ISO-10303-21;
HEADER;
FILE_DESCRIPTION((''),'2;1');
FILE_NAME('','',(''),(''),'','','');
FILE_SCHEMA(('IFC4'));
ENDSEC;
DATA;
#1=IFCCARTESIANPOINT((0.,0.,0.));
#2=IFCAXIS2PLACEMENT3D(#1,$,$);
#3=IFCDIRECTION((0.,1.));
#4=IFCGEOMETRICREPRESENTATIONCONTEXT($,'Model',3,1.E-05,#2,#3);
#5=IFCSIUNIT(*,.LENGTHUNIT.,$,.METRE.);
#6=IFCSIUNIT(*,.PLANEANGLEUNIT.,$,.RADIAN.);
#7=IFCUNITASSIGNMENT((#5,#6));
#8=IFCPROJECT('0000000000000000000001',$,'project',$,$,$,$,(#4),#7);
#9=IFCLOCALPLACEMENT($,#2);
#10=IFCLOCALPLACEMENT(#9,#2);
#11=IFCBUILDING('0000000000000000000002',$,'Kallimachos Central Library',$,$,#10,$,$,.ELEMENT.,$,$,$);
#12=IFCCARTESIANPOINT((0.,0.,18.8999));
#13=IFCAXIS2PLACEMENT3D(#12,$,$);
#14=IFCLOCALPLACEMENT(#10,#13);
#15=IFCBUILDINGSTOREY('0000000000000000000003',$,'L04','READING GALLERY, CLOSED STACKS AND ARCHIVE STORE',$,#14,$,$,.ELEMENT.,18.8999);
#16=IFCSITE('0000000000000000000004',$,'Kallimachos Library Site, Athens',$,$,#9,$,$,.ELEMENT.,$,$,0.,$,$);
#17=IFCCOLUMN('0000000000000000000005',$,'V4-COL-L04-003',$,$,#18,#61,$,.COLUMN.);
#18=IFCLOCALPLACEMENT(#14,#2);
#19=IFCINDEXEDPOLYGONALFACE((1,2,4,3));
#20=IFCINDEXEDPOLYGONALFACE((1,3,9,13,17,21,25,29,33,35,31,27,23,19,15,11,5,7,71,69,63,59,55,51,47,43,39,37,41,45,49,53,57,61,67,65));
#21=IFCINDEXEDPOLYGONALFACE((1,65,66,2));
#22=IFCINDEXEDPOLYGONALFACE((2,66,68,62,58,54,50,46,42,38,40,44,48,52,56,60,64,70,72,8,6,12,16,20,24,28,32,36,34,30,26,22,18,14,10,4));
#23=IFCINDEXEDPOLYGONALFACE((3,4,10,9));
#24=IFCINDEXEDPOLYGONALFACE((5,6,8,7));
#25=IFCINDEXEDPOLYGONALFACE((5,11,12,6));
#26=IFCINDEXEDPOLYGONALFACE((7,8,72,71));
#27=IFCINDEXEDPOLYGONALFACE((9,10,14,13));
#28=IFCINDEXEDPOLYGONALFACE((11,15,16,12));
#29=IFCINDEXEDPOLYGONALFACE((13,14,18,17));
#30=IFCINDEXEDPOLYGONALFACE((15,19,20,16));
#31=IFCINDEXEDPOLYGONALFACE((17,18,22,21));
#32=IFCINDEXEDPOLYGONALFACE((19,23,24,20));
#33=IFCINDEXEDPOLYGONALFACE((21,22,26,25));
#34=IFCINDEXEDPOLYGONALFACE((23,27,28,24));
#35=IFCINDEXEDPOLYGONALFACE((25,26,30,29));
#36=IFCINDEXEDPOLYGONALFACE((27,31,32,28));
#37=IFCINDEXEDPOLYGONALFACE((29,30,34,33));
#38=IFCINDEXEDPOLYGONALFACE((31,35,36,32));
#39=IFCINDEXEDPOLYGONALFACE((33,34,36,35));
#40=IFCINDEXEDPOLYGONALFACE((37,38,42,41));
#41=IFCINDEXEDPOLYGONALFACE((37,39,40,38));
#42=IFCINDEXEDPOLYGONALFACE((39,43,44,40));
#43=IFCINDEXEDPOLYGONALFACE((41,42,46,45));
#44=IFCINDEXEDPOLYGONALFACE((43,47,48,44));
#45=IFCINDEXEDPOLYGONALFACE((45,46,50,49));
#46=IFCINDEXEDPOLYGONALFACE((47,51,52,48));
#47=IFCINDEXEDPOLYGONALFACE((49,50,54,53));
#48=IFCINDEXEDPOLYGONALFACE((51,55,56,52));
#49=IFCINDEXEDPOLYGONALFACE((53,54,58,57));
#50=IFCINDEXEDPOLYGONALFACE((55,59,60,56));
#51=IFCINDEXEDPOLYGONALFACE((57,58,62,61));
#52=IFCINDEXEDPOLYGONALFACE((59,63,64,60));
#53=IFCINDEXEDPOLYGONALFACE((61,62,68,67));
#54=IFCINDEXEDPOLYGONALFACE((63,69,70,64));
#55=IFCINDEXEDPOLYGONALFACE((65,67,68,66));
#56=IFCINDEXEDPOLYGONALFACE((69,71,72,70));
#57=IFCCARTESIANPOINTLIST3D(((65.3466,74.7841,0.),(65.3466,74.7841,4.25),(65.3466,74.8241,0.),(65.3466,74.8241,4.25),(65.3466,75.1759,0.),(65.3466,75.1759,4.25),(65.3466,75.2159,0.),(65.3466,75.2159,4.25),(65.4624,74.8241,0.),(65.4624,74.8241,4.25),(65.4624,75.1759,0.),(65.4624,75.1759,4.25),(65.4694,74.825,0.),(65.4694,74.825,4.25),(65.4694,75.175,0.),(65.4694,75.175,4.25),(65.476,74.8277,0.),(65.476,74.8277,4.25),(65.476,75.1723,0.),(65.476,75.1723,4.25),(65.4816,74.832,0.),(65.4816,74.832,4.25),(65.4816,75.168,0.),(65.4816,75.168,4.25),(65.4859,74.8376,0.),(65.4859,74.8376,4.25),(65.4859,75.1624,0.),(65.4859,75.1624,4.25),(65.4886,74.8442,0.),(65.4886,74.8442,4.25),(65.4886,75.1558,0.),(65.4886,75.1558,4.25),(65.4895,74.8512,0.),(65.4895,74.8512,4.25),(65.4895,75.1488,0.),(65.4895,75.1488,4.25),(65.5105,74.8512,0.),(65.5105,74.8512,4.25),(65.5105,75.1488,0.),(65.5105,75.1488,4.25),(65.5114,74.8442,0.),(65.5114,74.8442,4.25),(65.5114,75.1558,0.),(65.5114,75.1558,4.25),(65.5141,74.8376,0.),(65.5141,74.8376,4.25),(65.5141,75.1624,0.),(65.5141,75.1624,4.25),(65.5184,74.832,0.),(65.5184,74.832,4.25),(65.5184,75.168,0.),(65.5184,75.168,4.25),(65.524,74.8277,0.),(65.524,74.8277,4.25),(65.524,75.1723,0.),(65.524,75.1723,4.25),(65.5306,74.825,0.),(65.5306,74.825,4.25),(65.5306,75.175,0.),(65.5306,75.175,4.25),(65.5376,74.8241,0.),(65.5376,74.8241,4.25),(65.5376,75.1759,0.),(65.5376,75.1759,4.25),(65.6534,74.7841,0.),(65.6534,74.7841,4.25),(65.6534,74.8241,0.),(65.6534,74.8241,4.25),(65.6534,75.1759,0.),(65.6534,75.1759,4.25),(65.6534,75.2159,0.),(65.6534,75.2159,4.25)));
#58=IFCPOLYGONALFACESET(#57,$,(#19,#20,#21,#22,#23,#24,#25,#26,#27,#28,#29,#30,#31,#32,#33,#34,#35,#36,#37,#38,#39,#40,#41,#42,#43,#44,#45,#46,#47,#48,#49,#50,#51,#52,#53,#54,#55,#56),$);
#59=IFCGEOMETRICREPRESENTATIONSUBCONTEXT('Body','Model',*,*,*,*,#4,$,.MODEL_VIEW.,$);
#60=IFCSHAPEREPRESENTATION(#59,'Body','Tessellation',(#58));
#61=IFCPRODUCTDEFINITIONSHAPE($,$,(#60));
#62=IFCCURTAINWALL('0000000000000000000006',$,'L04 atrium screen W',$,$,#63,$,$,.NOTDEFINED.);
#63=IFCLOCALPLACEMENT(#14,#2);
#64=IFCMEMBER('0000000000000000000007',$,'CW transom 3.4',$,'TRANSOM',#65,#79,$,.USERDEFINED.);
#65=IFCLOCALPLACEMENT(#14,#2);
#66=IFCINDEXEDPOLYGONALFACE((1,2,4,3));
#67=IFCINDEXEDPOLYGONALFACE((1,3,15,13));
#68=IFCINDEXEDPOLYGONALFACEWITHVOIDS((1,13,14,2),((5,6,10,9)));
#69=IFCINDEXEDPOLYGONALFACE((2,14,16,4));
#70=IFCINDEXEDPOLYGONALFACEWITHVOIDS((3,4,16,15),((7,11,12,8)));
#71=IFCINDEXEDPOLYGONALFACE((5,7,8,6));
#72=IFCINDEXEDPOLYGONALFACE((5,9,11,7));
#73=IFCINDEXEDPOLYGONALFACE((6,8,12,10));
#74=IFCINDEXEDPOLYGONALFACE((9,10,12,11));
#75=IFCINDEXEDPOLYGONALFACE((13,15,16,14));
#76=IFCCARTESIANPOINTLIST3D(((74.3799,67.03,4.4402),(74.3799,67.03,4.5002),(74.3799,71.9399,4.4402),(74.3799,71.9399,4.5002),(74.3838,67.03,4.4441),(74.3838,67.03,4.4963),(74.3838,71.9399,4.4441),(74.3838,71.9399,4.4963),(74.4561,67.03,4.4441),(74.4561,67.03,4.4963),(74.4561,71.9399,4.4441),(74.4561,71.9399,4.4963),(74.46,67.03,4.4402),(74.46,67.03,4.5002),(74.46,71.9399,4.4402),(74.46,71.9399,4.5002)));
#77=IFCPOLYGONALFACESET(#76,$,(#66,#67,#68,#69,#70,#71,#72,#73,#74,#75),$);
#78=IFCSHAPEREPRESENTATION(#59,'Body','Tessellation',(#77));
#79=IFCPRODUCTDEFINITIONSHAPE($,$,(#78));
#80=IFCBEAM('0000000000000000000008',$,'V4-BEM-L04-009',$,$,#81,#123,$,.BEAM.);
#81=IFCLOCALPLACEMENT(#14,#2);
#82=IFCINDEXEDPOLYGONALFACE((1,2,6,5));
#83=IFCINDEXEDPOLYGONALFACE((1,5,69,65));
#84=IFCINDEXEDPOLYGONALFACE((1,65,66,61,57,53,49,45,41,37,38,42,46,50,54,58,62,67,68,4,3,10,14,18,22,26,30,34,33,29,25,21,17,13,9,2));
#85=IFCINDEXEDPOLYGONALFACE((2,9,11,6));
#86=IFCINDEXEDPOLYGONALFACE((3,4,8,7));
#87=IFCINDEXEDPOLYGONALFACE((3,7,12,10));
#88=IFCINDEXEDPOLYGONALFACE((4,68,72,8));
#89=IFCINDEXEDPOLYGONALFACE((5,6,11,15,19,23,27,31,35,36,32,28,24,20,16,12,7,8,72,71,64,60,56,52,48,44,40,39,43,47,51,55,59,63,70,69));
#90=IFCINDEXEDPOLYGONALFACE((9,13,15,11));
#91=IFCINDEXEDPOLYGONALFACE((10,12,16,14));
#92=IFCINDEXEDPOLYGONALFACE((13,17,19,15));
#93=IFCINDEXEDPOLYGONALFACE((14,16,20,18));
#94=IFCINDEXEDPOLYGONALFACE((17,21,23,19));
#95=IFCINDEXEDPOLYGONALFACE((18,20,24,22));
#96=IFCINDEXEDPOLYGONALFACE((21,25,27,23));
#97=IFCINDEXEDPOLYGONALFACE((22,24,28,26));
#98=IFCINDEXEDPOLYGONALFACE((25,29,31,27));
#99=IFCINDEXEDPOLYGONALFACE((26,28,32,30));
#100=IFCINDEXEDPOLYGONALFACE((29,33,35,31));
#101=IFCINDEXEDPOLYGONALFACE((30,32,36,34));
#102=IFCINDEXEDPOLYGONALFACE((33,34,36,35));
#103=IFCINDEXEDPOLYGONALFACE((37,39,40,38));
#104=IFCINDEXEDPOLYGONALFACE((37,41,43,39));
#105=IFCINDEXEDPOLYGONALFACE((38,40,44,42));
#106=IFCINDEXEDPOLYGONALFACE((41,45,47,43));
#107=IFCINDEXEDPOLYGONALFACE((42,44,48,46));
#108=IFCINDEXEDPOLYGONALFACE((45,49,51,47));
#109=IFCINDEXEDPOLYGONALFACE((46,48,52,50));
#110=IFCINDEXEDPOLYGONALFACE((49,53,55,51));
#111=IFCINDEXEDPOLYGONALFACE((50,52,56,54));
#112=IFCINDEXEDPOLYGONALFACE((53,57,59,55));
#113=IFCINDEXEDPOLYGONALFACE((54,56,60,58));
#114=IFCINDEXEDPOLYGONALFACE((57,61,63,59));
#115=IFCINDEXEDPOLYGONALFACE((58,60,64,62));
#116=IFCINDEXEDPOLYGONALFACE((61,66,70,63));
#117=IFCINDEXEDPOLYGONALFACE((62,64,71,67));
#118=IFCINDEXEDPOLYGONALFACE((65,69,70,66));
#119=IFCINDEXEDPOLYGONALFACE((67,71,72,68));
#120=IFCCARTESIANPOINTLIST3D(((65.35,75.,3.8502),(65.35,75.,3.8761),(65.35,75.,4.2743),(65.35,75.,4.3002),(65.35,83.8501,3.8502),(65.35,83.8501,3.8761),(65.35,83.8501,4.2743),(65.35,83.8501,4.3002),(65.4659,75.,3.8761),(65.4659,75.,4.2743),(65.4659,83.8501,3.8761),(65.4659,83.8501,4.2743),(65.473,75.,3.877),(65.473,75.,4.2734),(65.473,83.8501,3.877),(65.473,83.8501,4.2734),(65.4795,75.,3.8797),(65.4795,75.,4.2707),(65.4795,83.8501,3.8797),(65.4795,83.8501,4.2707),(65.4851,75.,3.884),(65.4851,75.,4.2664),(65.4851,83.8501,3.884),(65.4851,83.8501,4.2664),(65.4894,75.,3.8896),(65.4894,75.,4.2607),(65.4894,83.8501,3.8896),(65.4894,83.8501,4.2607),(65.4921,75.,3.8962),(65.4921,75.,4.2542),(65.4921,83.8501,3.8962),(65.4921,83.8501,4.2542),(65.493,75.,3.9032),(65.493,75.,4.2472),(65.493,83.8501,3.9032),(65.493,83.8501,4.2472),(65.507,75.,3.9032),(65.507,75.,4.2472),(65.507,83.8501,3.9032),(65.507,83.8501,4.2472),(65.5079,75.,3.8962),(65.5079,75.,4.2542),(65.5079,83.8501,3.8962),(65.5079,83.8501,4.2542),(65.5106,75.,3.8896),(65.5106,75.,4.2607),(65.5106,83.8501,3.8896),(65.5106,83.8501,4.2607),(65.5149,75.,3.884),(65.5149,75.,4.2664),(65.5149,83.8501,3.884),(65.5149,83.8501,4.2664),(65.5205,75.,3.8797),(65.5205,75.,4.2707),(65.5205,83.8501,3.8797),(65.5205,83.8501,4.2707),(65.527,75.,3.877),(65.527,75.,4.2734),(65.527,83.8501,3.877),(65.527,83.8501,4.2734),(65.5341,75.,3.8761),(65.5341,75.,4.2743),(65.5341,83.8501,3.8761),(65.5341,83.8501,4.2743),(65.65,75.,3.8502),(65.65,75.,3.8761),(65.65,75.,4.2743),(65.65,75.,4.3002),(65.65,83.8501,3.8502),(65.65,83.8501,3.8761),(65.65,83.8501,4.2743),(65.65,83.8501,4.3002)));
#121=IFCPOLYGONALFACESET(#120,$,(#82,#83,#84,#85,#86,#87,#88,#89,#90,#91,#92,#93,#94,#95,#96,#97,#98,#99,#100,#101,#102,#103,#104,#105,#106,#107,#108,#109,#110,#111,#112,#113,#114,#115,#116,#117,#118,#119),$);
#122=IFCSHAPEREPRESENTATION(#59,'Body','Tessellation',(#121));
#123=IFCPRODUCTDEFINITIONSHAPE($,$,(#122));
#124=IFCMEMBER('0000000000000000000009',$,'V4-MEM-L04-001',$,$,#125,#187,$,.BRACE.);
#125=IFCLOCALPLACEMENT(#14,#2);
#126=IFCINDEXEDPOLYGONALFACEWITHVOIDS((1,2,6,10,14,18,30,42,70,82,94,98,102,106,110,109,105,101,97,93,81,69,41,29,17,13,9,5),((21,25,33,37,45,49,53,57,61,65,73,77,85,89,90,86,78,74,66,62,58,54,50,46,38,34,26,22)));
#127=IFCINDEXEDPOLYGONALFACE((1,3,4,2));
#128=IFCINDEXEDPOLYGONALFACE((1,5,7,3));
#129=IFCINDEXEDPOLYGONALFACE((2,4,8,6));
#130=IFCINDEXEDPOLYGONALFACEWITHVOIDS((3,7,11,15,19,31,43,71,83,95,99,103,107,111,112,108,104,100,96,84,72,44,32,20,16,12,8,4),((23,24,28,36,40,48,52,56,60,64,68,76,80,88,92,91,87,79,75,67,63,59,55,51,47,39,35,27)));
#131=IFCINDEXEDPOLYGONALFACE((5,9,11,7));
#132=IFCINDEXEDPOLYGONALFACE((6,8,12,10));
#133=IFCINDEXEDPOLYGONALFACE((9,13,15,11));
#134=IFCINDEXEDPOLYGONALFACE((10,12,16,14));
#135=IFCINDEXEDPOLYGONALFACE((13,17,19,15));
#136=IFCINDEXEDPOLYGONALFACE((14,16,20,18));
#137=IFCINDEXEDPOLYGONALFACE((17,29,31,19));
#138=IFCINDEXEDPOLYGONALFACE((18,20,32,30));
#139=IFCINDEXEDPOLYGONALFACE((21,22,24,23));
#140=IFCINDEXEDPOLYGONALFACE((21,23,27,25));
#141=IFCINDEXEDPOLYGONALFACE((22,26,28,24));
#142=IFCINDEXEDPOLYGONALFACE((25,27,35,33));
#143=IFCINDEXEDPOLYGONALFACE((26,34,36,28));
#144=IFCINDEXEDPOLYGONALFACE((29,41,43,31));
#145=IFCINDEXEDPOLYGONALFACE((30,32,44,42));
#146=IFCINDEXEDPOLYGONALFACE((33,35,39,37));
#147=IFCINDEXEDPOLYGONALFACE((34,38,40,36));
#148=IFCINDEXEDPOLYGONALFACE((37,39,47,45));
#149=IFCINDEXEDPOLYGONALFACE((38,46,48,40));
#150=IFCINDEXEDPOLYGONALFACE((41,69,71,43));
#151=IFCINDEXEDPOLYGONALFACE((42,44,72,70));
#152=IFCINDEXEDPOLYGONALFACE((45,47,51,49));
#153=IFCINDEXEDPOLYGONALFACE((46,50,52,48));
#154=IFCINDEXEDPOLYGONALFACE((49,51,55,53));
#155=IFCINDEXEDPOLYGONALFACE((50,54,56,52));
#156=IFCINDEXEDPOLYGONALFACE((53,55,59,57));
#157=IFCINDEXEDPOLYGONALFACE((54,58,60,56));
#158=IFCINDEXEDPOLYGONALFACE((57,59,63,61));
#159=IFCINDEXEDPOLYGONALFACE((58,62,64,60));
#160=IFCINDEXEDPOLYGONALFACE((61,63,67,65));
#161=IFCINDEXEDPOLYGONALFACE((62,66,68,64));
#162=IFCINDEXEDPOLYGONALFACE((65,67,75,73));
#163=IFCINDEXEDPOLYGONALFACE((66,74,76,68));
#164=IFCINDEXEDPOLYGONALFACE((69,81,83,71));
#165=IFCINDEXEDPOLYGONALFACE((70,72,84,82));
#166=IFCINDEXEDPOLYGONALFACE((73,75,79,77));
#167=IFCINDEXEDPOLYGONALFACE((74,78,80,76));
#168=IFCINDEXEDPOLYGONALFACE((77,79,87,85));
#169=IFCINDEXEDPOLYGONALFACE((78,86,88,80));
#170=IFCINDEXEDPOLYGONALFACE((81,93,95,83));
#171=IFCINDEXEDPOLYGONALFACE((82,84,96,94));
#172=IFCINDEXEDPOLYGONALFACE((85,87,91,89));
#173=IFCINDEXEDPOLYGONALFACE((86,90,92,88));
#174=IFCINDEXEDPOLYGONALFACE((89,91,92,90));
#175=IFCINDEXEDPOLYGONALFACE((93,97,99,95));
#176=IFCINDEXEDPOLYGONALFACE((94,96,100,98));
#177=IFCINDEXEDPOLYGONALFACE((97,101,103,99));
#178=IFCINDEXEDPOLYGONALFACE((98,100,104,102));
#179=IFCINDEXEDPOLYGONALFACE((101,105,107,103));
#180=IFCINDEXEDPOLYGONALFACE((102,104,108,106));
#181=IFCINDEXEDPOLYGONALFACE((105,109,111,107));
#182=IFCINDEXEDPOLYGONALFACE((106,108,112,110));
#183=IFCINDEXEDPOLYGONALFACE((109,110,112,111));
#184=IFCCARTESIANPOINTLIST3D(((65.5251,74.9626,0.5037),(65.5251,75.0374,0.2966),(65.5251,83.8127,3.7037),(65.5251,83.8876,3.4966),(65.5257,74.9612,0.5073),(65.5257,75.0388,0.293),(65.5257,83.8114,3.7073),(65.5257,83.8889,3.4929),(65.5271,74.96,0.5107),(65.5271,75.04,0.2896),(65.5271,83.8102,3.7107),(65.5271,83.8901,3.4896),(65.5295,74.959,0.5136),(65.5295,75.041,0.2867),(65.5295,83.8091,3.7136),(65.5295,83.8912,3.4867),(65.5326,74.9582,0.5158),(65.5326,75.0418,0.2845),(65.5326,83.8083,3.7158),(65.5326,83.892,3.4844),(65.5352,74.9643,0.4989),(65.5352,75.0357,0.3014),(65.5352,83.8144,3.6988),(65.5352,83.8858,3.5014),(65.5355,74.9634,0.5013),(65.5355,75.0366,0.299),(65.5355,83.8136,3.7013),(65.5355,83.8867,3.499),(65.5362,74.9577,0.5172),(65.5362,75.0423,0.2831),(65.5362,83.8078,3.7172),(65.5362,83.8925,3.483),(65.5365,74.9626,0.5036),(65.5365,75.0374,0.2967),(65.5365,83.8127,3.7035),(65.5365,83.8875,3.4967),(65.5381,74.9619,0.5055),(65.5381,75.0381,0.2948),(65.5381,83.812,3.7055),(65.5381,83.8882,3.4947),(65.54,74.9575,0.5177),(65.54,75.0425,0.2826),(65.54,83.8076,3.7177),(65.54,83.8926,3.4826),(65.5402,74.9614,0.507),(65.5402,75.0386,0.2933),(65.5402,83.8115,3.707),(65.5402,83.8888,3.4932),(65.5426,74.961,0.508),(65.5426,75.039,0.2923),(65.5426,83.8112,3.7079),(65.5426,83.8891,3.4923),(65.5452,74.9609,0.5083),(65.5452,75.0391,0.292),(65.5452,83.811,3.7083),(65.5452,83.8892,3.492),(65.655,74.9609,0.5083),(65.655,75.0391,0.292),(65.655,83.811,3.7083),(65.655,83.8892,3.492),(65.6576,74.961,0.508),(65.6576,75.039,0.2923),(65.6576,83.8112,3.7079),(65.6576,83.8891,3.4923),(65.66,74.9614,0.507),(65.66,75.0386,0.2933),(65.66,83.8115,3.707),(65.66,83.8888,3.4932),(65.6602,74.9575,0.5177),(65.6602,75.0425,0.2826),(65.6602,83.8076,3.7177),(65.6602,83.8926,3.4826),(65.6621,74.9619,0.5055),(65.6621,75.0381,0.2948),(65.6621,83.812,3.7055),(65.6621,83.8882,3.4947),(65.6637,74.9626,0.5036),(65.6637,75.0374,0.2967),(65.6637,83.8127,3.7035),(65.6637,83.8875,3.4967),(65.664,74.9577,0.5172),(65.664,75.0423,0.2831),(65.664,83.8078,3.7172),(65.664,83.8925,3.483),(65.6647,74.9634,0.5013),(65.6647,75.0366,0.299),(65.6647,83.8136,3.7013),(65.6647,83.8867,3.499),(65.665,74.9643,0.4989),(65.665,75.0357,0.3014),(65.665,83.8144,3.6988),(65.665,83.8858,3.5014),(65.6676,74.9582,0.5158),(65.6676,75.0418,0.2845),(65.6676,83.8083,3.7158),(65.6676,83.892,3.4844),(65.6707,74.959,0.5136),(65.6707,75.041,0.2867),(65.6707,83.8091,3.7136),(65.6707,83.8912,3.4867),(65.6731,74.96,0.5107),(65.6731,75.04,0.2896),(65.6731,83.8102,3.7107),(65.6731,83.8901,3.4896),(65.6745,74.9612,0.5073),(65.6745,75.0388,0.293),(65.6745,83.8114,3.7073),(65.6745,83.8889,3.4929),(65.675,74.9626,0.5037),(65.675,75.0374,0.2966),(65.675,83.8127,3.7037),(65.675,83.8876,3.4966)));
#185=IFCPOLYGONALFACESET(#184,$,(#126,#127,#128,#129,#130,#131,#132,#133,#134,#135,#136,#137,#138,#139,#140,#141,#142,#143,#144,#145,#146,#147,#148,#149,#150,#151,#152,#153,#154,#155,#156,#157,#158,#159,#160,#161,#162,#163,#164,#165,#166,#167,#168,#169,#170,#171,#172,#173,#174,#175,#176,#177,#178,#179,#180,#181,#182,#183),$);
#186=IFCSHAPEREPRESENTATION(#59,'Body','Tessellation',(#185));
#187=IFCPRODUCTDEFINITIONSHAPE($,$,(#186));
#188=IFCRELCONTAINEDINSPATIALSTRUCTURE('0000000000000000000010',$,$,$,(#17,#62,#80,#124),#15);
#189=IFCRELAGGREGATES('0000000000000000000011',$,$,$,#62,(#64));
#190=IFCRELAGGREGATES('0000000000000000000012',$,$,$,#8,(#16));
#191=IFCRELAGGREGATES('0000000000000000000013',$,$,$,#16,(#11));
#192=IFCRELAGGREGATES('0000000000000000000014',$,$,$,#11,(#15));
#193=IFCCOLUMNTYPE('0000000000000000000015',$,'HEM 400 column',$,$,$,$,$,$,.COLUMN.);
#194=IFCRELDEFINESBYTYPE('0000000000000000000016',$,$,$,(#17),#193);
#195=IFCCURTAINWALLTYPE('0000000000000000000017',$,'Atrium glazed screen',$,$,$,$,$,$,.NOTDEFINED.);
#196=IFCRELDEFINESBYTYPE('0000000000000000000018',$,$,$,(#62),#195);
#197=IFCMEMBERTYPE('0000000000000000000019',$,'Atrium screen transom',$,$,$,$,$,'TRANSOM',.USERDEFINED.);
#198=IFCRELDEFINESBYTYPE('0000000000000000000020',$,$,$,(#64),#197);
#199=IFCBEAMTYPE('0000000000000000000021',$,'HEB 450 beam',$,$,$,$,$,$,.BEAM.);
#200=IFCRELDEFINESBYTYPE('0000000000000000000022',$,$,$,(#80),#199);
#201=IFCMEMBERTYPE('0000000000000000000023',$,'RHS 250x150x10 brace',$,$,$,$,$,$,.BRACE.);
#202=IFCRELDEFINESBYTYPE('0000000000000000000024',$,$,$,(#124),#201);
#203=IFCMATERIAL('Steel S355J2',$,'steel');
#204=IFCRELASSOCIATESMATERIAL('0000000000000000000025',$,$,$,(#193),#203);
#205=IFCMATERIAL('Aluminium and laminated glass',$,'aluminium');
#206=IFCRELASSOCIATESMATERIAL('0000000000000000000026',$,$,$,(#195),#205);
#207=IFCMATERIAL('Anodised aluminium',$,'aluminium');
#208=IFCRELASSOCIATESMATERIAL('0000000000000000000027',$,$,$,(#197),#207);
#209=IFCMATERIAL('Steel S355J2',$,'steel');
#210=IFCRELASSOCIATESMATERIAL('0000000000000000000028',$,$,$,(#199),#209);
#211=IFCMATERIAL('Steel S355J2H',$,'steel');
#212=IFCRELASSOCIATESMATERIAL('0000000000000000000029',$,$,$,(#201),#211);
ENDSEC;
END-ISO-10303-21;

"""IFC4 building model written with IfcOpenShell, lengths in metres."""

from ifc_helpers import new_model, si_unit, direction, frame, origin, origin_2d, place, context, subcontext, project, spatial, hollow_rectangle, i_section, extrude, material, material_profile, profile_set, type_object, element, aggregate, save


model = new_model("IFC4")

# Units and contexts
model_context = context("Model", 3, precision=1e-05, world=origin(), true_north=direction((0.0, 1.0)))
body_context = subcontext(model_context, "Body", "Model", "MODEL_VIEW")
ifc_project = project(units=[si_unit("LENGTHUNIT", "METRE"), si_unit("PLANEANGLEUNIT", "RADIAN")], contexts=[model_context])

# Site, building, storey
site_placement = place(None, origin())
site = spatial("IfcSite", under=ifc_project, at=site_placement, Name="Kallimachos Library Site, Athens", CompositionType="ELEMENT", RefElevation=0.0)
building_placement = place(site_placement, origin())
building = spatial("IfcBuilding", under=site, at=building_placement, Name="Kallimachos Central Library", CompositionType="ELEMENT")
storey_placement = place(building_placement, frame((0.0, 0.0, 18.8999)))
storey = spatial("IfcBuildingStorey", under=building, at=storey_placement, Name="L04", Description="READING GALLERY, CLOSED STACKS AND ARCHIVE STORE", CompositionType="ELEMENT", Elevation=18.8999)

# Column
ifc_material_1 = material(Name="Steel S355J2", Category="steel")
ifc_material_profile_1 = material_profile(ifc_material_1, i_section(OverallWidth=0.3069, OverallDepth=0.4319, WebThickness=0.021, FlangeThickness=0.04, FilletRadius=0.0271, at=origin_2d()), Name="HEM 400")
ifc_profile_set_1 = profile_set([ifc_material_profile_1], Name="Steel S355J2")
column_type = type_object("IfcColumnType", Name="HEM 400 column", PredefinedType="COLUMN", material=ifc_profile_set_1)
column_placement = place(storey_placement, frame((65.5, 75.0, 0.0), z_axis=(0.0, 0.0, 1.0), x_axis=(1.0, 0.0, 0.0)))
element("IfcColumn", 1, at=column_placement, inside=storey, type_object=column_type, Name="V4-COL-L04-003", PredefinedType="COLUMN", context=body_context, shape_type="SweptSolid", body=[
    extrude(i_section(OverallWidth=0.3069, OverallDepth=0.4319, WebThickness=0.021, FlangeThickness=0.04, FilletRadius=0.0271, at=origin_2d()), origin(), (0.0, 0.0, 1.0), 4.25),
])

# Curtain wall, member
ifc_material_2 = material(Name="Aluminium and laminated glass", Category="aluminium")
curtain_wall_type = type_object("IfcCurtainWallType", Name="Atrium glazed screen", PredefinedType="NOTDEFINED", material=ifc_material_2)
curtain_wall_placement = place(storey_placement, origin())
curtain_wall = element("IfcCurtainWall", 2, at=curtain_wall_placement, inside=storey, type_object=curtain_wall_type, Name="L04 atrium screen W", PredefinedType="NOTDEFINED")
ifc_material_3 = material(Name="Anodised aluminium", Category="aluminium")
ifc_material_profile_2 = material_profile(ifc_material_3, hollow_rectangle(XDim=0.0601, YDim=0.0801, WallThickness=0.0039, at=origin_2d()), Name="ALU TRANSOM 60x80")
ifc_profile_set_2 = profile_set([ifc_material_profile_2], Name="Anodised aluminium")
member_type_1 = type_object("IfcMemberType", Name="Atrium screen transom", ElementType="TRANSOM", PredefinedType="USERDEFINED", material=ifc_profile_set_2)
member_1_placement = place(storey_placement, frame((74.4199, 67.03, 4.4702), z_axis=(0.0, 1.0, 0.0), x_axis=(0.0, 0.0, 1.0)))
member_1 = element("IfcMember", 3, at=member_1_placement, type_object=member_type_1, Name="CW transom 3.4", ObjectType="TRANSOM", PredefinedType="USERDEFINED", context=body_context, shape_type="SweptSolid", body=[
    extrude(hollow_rectangle(XDim=0.0601, YDim=0.0801, WallThickness=0.0039, at=origin_2d()), origin(), (0.0, 0.0, 1.0), 4.9099),
])

# Beam
ifc_material_4 = material(Name="Steel S355J2", Category="steel")
ifc_material_profile_3 = material_profile(ifc_material_4, i_section(OverallWidth=0.3, OverallDepth=0.45, WebThickness=0.0139, FlangeThickness=0.0259, FilletRadius=0.0271, at=origin_2d()), Name="HEB 450")
ifc_profile_set_3 = profile_set([ifc_material_profile_3], Name="Steel S355J2")
beam_type = type_object("IfcBeamType", Name="HEB 450 beam", PredefinedType="BEAM", material=ifc_profile_set_3)
beam_placement = place(storey_placement, frame((65.5, 75.0, 4.0752), z_axis=(0.0, 1.0, 0.0), x_axis=(-1.0, 0.0, 0.0)))
element("IfcBeam", 4, at=beam_placement, inside=storey, type_object=beam_type, Name="V4-BEM-L04-009", PredefinedType="BEAM", context=body_context, shape_type="SweptSolid", body=[
    extrude(i_section(OverallWidth=0.3, OverallDepth=0.45, WebThickness=0.0139, FlangeThickness=0.0259, FilletRadius=0.0271, at=origin_2d()), origin(), (0.0, 0.0, 1.0), 8.8501),
])

# Member
ifc_material_5 = material(Name="Steel S355J2H", Category="steel")
ifc_material_profile_4 = material_profile(ifc_material_5, hollow_rectangle(XDim=0.1499, YDim=0.25, WallThickness=0.01, InnerFilletRadius=0.01, OuterFilletRadius=0.0149, at=origin_2d()), Name="RHS 250x150x10")
ifc_profile_set_4 = profile_set([ifc_material_profile_4], Name="Steel S355J2H")
member_type_2 = type_object("IfcMemberType", Name="RHS 250x150x10 brace", PredefinedType="BRACE", material=ifc_profile_set_4)
member_2_placement = place(storey_placement, frame((65.6001, 75.0, 0.4001), z_axis=(0.0, 0.940415, 0.340028), x_axis=(-1.0, 0.0, 0.0)))
element("IfcMember", 5, at=member_2_placement, inside=storey, type_object=member_type_2, Name="V4-MEM-L04-001", PredefinedType="BRACE", context=body_context, shape_type="SweptSolid", body=[
    extrude(hollow_rectangle(XDim=0.1499, YDim=0.25, WallThickness=0.01, InnerFilletRadius=0.01, OuterFilletRadius=0.0149, at=origin_2d()), origin(), (0.0, 0.0, 1.0), 9.4109),
])

aggregate(curtain_wall, [member_1])

save(model, "model.ifc")
